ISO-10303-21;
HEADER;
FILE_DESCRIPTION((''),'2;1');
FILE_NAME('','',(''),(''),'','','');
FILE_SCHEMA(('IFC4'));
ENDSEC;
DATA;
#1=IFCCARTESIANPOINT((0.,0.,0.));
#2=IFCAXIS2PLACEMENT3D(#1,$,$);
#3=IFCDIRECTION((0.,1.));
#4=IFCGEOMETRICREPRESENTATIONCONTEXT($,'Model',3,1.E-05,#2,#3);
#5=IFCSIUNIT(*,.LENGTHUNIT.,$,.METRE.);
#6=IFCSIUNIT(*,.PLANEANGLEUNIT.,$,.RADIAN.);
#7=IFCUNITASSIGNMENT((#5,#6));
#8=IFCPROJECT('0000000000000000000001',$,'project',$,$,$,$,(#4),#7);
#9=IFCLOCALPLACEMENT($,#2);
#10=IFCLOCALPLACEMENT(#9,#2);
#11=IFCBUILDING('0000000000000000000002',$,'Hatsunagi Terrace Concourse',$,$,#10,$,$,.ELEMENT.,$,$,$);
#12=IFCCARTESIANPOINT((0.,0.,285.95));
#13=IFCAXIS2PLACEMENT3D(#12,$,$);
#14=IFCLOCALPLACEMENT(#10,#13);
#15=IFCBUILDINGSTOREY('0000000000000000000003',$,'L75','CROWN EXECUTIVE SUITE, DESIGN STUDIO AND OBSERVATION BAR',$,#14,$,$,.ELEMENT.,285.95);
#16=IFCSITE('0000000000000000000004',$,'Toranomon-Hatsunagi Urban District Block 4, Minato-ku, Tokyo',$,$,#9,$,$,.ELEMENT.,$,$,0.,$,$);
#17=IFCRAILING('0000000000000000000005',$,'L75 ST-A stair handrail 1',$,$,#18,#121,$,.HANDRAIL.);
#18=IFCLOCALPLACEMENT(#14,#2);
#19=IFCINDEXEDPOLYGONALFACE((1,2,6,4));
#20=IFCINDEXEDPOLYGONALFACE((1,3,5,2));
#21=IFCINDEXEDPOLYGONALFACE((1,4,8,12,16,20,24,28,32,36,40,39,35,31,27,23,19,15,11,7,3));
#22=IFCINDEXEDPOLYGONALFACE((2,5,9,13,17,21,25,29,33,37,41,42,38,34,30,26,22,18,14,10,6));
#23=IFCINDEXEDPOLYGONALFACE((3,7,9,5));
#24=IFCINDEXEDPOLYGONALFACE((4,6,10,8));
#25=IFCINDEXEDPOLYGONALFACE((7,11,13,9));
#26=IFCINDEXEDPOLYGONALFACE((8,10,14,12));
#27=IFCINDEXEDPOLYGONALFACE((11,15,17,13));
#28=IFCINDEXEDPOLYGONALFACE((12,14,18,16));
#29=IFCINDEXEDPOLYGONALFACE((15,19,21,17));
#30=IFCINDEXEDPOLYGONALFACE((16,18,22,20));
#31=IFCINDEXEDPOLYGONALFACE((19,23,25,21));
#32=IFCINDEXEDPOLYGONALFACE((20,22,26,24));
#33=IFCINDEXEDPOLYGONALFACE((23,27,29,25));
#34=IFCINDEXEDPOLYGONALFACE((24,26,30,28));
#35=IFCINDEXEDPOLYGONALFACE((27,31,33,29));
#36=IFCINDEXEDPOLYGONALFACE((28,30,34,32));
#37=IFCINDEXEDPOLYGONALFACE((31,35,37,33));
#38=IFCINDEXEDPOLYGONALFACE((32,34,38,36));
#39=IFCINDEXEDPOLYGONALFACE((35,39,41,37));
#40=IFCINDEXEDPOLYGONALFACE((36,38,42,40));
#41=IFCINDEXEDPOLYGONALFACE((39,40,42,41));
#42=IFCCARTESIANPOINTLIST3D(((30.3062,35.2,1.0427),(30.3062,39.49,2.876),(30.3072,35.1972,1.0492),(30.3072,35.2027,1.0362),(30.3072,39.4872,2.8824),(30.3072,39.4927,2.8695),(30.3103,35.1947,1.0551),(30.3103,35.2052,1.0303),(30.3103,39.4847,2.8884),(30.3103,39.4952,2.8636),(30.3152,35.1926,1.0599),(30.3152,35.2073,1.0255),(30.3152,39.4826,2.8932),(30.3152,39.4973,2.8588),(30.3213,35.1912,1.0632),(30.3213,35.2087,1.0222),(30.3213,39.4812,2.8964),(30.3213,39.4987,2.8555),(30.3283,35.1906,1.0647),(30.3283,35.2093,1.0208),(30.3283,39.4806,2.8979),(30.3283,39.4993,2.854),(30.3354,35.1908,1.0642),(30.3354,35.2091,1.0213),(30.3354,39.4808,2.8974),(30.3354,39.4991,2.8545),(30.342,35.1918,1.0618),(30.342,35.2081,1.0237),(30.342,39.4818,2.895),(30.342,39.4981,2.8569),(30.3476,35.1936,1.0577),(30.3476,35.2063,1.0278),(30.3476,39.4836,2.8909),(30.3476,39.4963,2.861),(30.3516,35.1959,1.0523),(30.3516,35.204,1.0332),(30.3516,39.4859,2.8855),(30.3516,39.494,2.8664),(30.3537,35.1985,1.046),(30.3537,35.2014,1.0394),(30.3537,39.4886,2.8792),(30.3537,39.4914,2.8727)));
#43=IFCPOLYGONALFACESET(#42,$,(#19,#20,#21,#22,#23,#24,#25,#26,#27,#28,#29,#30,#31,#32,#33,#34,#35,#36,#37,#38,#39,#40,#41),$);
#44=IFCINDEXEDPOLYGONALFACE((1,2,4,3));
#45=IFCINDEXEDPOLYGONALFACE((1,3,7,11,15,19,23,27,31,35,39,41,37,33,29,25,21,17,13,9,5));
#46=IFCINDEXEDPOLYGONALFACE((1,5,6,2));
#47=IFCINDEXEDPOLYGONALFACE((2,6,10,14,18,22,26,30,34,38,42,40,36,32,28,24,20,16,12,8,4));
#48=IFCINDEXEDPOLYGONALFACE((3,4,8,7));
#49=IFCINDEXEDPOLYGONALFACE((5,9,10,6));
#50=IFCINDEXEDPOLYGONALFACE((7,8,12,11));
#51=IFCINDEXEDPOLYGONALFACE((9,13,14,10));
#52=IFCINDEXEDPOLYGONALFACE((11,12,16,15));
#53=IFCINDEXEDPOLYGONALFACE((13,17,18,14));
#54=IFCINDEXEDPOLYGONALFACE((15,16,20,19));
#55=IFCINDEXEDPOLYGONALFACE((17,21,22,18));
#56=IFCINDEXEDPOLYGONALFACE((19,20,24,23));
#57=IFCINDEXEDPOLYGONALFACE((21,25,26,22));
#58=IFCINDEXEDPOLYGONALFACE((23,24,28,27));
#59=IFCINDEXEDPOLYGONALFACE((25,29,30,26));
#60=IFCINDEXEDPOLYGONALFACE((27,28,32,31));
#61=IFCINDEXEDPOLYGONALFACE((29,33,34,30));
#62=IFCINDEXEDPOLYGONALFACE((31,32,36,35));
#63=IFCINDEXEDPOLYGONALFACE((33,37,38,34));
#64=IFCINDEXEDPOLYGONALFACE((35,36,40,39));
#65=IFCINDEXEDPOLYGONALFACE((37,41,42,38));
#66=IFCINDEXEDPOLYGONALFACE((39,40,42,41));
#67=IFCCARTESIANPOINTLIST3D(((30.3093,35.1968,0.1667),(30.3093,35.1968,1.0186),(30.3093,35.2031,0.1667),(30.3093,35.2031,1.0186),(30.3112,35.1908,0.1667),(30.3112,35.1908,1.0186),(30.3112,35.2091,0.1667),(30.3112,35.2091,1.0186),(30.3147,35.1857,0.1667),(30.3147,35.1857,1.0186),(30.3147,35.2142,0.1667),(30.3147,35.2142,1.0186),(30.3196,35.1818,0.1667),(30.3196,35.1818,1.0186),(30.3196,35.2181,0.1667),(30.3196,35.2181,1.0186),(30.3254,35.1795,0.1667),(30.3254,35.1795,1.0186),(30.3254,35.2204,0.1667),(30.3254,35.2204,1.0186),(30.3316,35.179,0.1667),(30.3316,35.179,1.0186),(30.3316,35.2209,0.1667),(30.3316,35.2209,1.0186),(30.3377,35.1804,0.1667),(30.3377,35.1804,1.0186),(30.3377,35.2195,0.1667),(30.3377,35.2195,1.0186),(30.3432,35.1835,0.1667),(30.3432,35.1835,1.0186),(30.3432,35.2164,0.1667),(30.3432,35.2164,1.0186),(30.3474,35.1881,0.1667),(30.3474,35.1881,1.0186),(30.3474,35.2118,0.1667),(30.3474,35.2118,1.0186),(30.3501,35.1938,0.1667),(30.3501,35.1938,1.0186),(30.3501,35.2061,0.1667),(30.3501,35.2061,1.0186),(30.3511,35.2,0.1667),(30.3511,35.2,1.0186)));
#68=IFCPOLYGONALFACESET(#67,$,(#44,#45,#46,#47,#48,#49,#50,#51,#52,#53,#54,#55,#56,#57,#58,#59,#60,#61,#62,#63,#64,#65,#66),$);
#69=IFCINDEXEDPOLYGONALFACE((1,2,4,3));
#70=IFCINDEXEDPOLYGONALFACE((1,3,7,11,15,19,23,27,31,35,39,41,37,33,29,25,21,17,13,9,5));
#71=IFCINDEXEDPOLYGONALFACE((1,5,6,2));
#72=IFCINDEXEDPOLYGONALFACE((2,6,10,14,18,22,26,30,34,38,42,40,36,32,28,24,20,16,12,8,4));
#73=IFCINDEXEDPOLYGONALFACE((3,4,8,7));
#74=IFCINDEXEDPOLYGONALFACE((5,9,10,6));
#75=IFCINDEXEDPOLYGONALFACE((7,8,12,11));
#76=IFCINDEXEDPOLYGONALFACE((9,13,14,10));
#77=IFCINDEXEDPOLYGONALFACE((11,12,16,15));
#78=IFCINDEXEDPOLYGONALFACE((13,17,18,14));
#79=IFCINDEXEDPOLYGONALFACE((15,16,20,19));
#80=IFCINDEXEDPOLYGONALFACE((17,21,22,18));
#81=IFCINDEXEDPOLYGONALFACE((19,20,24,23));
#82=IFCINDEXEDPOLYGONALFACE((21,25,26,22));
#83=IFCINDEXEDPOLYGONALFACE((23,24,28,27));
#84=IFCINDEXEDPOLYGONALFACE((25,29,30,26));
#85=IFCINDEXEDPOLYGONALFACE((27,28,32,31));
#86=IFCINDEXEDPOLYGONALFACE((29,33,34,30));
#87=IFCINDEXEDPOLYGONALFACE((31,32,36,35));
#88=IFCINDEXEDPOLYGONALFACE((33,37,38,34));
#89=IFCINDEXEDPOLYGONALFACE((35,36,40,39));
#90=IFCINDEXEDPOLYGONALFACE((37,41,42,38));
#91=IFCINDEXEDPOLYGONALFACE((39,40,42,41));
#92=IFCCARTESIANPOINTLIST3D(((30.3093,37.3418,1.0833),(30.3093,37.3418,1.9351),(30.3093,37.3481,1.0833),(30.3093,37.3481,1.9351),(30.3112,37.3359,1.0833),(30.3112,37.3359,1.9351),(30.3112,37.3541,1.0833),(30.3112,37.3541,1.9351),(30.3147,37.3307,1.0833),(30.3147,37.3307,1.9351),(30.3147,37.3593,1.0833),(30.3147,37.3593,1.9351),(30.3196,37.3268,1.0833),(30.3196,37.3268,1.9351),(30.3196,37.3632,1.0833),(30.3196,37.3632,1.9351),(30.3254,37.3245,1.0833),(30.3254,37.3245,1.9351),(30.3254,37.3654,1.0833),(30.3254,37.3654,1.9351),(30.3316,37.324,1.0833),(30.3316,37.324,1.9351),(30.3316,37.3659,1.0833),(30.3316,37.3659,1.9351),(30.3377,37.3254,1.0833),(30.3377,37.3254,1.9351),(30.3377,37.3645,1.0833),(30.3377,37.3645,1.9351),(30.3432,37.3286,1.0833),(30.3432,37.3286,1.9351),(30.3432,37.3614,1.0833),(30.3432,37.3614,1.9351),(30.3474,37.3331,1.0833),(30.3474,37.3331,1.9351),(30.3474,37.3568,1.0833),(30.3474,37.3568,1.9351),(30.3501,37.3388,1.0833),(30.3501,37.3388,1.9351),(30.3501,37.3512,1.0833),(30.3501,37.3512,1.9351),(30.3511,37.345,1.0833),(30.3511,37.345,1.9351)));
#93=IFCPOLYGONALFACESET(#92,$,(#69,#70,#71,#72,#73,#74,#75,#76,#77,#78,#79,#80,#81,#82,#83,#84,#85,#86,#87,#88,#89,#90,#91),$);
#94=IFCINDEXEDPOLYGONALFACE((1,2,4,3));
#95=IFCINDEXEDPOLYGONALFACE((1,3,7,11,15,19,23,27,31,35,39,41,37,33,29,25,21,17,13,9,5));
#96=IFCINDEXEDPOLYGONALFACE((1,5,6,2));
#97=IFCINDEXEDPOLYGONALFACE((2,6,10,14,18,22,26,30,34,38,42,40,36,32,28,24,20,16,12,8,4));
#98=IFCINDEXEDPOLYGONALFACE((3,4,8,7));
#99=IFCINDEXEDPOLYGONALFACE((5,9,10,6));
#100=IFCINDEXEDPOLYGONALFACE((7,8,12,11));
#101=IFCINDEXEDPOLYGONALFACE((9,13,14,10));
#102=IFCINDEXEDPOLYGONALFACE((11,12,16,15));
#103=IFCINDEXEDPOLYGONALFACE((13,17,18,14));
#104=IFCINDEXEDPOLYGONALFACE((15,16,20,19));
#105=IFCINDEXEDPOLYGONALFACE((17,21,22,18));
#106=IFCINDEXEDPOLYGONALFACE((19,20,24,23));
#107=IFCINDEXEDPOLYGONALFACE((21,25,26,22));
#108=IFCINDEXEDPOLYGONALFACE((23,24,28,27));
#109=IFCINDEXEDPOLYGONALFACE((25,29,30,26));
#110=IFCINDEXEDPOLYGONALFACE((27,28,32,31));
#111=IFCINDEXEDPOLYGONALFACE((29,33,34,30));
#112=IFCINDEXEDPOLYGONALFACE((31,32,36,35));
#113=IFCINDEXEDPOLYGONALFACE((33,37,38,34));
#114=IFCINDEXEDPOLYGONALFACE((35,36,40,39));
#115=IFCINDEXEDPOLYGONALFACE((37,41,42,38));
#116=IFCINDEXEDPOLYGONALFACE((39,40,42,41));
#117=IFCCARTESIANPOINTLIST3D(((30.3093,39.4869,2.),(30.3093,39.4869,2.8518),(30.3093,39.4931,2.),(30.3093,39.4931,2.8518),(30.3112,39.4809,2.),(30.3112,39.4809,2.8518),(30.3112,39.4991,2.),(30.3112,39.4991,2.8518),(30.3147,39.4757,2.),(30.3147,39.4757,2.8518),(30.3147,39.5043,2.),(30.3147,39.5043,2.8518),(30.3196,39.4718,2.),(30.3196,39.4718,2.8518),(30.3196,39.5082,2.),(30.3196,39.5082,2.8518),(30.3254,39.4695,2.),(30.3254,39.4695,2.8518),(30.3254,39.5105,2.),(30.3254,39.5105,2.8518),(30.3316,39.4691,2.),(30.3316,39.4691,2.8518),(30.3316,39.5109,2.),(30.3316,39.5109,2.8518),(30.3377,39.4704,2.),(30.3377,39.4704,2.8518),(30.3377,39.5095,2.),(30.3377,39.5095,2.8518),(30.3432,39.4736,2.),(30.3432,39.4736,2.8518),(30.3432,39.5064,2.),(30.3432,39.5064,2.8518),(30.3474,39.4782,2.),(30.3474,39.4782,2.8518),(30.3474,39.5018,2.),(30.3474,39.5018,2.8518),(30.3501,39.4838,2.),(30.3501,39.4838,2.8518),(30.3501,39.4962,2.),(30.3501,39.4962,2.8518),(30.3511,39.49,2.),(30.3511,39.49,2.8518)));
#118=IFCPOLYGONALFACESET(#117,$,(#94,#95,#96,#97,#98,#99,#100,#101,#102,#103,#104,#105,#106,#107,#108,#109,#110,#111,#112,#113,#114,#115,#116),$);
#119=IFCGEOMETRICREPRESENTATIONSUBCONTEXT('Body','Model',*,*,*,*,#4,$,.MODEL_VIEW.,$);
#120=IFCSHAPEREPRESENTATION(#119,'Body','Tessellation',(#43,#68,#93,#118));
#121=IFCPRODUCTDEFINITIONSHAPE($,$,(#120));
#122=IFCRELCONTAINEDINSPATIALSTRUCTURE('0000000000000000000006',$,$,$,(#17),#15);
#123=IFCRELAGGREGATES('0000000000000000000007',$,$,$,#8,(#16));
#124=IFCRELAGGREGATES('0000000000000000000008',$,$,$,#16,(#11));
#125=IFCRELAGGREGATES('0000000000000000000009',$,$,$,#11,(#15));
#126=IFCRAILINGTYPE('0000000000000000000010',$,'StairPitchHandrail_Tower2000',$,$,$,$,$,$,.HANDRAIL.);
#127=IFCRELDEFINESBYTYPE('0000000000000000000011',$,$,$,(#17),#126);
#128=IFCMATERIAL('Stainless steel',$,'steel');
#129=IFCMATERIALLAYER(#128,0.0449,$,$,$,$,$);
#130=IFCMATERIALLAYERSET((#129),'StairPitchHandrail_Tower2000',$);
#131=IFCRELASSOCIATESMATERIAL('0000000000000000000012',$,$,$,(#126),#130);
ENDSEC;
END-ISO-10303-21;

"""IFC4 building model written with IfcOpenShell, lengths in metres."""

from ifc_helpers import new_model, si_unit, direction, frame, origin, origin_2d, place, context, subcontext, project, spatial, circle, extrude, material, layer, layer_set, type_object, element, save


model = new_model("IFC4")

# Units and contexts
model_context = context("Model", 3, precision=1e-05, world=origin(), true_north=direction((0.0, 1.0)))
body_context = subcontext(model_context, "Body", "Model", "MODEL_VIEW")
ifc_project = project(units=[si_unit("LENGTHUNIT", "METRE"), si_unit("PLANEANGLEUNIT", "RADIAN")], contexts=[model_context])

# Site, building, storey
site_placement = place(None, origin())
site = spatial("IfcSite", under=ifc_project, at=site_placement, Name="Toranomon-Hatsunagi Urban District Block 4, Minato-ku, Tokyo", CompositionType="ELEMENT", RefElevation=0.0)
building_placement = place(site_placement, origin())
building = spatial("IfcBuilding", under=site, at=building_placement, Name="Hatsunagi Terrace Concourse", CompositionType="ELEMENT")
storey_placement = place(building_placement, frame((0.0, 0.0, 285.95)))
storey = spatial("IfcBuildingStorey", under=building, at=storey_placement, Name="L75", Description="CROWN EXECUTIVE SUITE, DESIGN STUDIO AND OBSERVATION BAR", CompositionType="ELEMENT", Elevation=285.95)

# Railing
ifc_material_1 = material(Name="Stainless steel", Category="steel")
ifc_layer_1 = layer(ifc_material_1, 0.0449)
ifc_layer_set_1 = layer_set([ifc_layer_1], Name="StairPitchHandrail_Tower2000")
railing_type_1 = type_object("IfcRailingType", Name="StairPitchHandrail_Tower2000", PredefinedType="HANDRAIL", material=ifc_layer_set_1)
railing_1_placement = place(storey_placement, frame((30.3301, 35.2, 0.1667)))
element("IfcRailing", 1, at=railing_1_placement, inside=storey, type_object=railing_type_1, Name="L75 ST-A stair handrail 1", PredefinedType="HANDRAIL", context=body_context, shape_type="SweptSolid", body=[
    extrude(circle(Radius=0.0239, at=origin_2d()), frame((0.0, 0.0, 0.876), z_axis=(0.0, 0.919559, 0.392953), x_axis=(-1.0, 0.0, 0.0)), (0.0, 0.0, 1.0), 4.6653),
    extrude(circle(Radius=0.021, at=origin_2d()), origin(), (0.0, 0.0, 1.0), 0.8518),
    extrude(circle(Radius=0.021, at=origin_2d()), frame((0.0, 2.145, 0.9165)), (0.0, 0.0, 1.0), 0.8518),
    extrude(circle(Radius=0.021, at=origin_2d()), frame((0.0, 4.29, 1.8333)), (0.0, 0.0, 1.0), 0.8518),
])

save(model, "model.ifc")
